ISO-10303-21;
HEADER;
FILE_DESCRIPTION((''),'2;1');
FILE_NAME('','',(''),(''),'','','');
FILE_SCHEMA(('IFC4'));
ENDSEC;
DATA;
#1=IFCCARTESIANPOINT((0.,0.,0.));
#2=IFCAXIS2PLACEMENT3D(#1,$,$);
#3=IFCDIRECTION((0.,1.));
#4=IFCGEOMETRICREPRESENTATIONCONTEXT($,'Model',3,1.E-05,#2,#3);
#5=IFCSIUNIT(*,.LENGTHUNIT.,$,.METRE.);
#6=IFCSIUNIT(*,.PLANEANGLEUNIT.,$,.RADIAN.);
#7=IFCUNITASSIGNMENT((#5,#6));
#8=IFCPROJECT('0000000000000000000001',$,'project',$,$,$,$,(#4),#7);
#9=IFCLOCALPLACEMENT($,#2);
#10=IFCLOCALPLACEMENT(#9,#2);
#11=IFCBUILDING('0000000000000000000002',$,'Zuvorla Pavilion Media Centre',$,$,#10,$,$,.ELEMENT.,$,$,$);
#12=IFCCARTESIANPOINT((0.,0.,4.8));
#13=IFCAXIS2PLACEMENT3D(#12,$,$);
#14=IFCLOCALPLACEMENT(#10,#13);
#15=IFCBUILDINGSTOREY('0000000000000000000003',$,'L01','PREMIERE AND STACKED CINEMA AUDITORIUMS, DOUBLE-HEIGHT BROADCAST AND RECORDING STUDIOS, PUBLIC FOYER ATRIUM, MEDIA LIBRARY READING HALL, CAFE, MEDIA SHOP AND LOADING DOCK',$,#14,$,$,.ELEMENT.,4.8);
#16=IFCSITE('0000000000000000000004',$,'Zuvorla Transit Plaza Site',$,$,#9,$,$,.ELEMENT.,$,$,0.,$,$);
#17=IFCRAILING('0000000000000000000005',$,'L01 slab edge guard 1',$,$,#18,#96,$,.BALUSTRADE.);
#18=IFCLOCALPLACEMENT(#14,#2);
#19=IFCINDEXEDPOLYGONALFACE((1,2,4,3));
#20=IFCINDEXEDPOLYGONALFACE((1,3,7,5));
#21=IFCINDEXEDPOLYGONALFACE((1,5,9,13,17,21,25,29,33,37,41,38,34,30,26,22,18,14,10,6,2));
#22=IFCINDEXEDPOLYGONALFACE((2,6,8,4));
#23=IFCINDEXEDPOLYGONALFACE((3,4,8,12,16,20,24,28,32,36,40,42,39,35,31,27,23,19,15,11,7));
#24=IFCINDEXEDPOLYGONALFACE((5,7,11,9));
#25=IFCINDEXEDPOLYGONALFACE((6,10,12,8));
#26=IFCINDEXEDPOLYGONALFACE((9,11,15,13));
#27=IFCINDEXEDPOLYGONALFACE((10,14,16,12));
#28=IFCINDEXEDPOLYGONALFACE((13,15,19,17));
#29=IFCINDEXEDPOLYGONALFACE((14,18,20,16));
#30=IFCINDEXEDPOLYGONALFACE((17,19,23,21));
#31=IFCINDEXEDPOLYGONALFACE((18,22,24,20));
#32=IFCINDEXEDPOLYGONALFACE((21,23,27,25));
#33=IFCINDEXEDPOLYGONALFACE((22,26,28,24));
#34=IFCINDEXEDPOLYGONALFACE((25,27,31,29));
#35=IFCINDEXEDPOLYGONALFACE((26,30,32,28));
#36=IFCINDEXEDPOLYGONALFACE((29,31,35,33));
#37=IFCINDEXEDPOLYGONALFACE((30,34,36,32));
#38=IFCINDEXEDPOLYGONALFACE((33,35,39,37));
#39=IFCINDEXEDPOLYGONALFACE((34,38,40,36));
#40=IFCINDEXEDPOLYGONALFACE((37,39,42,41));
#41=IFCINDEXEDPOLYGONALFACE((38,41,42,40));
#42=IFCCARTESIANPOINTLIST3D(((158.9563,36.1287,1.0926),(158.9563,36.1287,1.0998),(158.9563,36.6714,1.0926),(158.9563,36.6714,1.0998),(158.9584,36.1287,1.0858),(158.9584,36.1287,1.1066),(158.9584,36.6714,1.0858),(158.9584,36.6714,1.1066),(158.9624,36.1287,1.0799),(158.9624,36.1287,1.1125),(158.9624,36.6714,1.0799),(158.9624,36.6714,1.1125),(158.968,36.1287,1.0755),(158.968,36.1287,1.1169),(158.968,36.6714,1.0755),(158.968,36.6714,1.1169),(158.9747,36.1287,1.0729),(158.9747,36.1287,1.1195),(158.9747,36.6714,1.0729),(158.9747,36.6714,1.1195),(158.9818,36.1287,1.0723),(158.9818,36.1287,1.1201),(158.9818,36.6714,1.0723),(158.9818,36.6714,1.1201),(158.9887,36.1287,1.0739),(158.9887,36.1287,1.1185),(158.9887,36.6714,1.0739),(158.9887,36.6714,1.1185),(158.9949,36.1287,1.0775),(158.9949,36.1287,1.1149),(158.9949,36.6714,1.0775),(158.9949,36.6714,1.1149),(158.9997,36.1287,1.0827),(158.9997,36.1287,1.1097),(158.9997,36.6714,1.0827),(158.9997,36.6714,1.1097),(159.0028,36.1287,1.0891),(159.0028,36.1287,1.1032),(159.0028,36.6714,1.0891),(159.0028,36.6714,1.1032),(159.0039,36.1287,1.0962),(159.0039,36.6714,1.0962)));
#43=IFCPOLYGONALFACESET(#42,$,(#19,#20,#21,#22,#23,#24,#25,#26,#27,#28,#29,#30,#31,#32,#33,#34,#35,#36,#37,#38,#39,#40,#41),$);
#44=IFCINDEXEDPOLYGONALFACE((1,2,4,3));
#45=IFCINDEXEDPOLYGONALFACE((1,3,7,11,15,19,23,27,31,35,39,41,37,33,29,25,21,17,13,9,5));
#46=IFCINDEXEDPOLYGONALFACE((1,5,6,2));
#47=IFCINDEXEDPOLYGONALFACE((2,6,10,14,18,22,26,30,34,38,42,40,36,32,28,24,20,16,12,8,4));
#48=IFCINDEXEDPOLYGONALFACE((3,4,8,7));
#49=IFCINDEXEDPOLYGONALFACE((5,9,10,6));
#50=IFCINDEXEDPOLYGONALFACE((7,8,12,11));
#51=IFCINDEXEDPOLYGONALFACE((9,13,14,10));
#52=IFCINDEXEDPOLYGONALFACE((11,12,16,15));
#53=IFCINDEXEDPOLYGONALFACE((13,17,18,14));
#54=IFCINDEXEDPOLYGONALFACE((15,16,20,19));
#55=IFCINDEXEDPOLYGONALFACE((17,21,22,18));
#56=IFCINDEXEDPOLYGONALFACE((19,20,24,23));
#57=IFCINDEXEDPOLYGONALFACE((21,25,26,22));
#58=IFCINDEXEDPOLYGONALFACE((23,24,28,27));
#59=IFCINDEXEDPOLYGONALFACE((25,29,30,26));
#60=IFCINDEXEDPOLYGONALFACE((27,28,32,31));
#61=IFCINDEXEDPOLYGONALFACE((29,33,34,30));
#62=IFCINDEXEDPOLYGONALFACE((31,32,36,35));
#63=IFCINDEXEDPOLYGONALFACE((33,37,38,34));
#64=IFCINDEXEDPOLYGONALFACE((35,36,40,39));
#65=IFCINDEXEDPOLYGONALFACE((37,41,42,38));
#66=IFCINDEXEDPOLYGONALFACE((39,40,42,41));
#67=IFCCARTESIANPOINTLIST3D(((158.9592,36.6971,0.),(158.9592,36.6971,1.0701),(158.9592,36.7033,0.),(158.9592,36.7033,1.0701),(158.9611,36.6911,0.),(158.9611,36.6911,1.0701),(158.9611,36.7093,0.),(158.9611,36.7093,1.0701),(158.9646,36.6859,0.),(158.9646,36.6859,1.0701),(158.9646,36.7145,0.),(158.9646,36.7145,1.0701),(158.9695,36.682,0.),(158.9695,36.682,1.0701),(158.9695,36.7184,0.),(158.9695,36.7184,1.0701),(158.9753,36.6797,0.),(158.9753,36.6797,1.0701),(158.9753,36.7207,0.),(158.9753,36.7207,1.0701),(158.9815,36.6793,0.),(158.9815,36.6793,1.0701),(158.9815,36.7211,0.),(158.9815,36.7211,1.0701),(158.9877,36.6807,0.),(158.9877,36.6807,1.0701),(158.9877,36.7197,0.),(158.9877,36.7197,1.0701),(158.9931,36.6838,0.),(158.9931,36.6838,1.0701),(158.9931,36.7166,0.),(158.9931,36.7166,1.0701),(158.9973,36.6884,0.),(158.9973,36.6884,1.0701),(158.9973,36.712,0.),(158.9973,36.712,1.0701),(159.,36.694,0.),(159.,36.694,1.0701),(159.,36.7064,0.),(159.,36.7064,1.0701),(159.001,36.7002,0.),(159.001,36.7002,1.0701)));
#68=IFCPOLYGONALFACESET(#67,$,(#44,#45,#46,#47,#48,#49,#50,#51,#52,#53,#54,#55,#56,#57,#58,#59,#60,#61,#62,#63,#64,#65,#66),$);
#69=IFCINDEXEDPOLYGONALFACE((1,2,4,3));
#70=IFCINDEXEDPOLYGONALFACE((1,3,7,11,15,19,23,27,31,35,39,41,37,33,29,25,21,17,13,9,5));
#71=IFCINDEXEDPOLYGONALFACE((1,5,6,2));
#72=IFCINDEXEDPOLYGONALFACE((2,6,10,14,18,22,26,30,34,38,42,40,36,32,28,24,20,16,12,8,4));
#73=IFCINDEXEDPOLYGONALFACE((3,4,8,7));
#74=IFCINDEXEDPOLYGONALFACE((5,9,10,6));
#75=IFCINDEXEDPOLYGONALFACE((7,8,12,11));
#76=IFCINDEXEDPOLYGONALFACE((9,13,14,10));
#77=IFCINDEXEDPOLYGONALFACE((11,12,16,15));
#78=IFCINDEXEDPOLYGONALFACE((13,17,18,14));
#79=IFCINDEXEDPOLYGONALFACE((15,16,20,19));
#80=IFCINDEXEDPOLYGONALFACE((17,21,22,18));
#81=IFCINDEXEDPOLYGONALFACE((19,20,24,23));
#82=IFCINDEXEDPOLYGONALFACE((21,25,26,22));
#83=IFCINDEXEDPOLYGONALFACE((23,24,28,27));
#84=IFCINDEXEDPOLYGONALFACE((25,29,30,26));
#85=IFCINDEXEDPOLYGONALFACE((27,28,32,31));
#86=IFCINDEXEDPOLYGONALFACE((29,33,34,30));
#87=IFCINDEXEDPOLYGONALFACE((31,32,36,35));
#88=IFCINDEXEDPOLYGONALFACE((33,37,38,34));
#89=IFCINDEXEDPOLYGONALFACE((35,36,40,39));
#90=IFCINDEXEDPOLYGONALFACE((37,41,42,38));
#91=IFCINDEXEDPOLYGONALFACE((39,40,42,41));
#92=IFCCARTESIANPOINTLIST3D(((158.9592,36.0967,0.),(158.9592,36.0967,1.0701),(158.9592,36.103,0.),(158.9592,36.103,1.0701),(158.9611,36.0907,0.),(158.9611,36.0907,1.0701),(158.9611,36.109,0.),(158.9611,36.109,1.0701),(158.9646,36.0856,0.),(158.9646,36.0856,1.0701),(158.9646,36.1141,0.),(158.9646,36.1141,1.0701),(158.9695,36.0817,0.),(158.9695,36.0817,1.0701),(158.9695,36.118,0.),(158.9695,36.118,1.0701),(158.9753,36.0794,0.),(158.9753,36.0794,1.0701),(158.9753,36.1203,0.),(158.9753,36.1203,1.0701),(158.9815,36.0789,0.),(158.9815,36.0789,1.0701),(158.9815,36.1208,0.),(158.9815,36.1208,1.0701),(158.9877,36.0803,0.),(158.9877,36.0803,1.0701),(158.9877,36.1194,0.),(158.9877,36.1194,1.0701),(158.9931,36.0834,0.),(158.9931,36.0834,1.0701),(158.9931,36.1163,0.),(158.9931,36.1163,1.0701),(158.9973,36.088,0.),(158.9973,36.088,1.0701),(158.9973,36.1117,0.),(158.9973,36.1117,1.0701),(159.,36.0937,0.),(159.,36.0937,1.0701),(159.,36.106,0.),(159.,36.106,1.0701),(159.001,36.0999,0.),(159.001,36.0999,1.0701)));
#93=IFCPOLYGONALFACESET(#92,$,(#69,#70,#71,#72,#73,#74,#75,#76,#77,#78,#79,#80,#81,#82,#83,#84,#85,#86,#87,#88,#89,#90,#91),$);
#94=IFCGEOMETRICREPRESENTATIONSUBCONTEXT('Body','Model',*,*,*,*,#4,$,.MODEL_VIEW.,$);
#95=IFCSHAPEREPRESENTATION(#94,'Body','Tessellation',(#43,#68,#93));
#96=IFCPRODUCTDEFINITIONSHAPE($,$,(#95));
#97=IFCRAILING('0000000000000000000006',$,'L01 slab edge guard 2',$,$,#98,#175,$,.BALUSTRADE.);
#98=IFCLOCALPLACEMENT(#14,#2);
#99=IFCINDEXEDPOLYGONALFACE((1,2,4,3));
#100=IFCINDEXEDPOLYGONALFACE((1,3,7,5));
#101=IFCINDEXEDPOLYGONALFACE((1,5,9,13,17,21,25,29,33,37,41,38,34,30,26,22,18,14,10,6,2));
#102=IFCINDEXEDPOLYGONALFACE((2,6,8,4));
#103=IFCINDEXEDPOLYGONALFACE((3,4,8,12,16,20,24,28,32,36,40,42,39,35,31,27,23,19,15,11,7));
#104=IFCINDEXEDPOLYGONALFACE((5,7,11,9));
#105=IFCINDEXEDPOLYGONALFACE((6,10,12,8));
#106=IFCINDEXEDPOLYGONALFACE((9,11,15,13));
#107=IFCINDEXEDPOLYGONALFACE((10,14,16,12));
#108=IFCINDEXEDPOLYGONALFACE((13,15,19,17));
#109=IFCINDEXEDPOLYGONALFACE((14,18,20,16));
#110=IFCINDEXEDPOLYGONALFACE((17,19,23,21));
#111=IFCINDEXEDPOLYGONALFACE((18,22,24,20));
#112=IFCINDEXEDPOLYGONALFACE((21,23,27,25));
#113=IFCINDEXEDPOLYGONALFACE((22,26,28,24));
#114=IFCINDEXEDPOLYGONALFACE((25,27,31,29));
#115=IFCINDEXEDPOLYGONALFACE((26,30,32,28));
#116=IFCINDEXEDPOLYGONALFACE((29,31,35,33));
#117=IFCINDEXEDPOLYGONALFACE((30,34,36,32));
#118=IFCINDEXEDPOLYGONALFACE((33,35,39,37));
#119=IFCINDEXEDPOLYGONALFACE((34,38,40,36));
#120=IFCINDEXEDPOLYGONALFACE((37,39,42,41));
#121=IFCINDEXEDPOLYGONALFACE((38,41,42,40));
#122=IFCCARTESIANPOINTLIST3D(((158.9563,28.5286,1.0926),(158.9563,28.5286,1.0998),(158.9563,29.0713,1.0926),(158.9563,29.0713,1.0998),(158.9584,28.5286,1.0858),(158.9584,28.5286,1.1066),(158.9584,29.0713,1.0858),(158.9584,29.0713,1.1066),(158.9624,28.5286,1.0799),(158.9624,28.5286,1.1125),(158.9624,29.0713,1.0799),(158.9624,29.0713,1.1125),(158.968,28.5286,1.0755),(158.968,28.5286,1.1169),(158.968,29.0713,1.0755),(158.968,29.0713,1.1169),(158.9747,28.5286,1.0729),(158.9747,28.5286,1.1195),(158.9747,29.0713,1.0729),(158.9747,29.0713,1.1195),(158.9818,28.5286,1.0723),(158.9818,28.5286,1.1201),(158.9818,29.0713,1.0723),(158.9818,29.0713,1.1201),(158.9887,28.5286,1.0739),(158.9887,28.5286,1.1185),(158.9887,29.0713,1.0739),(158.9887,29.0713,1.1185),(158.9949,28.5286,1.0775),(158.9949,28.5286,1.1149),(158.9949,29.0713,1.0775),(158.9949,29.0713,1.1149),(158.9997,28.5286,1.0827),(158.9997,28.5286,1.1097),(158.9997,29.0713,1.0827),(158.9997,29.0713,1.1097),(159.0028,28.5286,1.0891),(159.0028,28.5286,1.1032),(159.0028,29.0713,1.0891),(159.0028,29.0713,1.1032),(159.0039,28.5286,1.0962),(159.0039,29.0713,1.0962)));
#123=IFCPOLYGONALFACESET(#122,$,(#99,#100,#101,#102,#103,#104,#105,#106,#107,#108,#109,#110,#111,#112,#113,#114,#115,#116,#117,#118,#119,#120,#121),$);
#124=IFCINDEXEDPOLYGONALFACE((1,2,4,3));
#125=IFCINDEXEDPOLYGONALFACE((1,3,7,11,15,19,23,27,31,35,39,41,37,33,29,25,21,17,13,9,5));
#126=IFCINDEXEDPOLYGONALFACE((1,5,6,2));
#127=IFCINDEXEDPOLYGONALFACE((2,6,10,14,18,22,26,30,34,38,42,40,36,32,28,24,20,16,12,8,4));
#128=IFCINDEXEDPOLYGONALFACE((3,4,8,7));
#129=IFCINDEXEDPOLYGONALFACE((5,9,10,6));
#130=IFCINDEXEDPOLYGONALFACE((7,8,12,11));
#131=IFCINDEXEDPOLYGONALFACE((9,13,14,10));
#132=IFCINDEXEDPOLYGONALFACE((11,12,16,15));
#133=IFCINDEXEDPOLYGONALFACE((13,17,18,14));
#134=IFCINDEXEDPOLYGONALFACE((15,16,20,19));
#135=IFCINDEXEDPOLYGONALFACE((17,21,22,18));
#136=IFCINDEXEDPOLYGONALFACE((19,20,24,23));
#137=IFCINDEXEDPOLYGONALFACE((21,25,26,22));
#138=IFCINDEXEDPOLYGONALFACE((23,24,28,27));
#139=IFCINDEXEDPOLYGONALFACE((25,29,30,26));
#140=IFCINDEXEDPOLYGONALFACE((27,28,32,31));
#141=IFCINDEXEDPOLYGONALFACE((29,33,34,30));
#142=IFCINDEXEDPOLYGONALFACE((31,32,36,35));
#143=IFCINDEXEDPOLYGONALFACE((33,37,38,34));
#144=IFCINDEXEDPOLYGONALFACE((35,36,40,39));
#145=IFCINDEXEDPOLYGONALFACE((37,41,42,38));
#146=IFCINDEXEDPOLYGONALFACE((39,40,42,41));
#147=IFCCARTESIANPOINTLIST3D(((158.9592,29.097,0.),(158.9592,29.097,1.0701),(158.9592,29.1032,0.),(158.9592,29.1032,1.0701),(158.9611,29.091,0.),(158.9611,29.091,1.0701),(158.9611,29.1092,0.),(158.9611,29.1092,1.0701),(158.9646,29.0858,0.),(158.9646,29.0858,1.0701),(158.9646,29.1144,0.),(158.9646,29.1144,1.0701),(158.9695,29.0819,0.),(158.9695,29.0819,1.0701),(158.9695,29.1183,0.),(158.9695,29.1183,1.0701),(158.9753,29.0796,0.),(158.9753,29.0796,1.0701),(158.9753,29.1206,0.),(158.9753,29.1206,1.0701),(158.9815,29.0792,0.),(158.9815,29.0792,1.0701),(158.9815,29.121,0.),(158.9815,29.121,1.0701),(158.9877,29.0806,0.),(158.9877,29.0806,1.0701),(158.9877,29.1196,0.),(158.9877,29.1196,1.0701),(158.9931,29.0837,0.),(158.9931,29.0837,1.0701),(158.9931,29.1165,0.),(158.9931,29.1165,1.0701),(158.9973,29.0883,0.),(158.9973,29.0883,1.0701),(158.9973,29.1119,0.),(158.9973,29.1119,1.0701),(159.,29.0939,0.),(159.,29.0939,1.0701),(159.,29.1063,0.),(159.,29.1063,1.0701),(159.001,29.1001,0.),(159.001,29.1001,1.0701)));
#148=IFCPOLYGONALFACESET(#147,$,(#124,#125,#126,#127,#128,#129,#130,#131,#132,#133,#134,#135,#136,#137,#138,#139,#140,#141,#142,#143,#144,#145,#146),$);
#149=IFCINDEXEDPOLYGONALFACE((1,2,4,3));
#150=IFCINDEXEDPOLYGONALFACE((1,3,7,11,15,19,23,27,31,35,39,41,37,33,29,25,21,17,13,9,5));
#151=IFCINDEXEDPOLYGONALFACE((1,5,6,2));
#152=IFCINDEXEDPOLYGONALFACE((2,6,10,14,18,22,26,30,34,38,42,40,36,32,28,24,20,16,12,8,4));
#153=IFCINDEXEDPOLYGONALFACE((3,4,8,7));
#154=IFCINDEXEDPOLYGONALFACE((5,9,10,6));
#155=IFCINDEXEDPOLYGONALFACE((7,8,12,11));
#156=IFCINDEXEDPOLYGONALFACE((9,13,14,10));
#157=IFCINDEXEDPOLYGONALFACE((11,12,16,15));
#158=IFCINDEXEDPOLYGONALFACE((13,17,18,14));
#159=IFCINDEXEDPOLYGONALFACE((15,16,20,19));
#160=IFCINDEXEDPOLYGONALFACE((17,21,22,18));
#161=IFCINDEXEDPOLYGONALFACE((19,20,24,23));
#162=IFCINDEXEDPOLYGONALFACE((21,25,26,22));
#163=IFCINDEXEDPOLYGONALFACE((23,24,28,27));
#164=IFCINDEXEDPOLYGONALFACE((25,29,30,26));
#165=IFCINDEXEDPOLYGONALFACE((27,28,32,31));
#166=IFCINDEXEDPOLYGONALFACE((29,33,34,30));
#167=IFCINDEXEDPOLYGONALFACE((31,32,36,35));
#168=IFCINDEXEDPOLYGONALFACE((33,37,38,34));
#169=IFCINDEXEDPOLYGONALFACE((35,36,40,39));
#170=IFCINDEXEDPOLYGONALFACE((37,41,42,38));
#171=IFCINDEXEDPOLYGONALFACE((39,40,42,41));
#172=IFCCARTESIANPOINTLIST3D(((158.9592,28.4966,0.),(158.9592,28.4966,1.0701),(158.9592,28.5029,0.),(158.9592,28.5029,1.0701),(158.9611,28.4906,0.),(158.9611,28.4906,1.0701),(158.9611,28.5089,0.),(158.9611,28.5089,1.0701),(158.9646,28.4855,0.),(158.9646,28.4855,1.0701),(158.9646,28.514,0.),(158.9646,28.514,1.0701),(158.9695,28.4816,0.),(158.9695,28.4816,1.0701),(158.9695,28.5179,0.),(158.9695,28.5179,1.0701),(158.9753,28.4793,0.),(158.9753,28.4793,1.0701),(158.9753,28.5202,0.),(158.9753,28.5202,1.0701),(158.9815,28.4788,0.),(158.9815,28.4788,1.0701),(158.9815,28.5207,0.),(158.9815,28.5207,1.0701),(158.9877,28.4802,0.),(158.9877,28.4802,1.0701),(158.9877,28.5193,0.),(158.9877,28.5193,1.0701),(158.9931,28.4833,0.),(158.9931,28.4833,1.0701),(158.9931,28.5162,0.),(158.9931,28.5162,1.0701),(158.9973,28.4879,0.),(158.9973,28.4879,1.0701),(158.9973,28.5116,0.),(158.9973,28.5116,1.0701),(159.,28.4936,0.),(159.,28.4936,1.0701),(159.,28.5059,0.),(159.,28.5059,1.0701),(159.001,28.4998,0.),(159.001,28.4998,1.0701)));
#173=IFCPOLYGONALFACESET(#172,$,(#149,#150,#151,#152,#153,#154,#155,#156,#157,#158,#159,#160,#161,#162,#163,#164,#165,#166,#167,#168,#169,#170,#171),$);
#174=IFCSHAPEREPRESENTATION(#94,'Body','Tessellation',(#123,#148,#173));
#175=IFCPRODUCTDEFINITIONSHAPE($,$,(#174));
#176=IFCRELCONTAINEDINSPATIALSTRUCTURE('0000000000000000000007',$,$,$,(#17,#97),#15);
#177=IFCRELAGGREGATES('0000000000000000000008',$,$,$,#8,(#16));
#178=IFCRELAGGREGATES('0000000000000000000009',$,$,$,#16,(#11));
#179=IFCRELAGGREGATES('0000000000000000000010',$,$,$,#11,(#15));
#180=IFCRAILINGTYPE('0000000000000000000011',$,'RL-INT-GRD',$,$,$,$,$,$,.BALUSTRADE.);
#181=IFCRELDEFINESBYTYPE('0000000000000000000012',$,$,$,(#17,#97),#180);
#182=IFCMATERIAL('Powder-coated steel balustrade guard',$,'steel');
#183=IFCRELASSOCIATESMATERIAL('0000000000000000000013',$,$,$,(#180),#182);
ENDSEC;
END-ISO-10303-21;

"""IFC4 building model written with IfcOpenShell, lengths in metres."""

from ifc_helpers import new_model, si_unit, direction, frame, origin, origin_2d, place, context, subcontext, project, spatial, circle, extrude, material, type_object, element, save


model = new_model("IFC4")

# Units and contexts
model_context = context("Model", 3, precision=1e-05, world=origin(), true_north=direction((0.0, 1.0)))
body_context = subcontext(model_context, "Body", "Model", "MODEL_VIEW")
ifc_project = project(units=[si_unit("LENGTHUNIT", "METRE"), si_unit("PLANEANGLEUNIT", "RADIAN")], contexts=[model_context])

# Site, building, storey
site_placement = place(None, origin())
site = spatial("IfcSite", under=ifc_project, at=site_placement, Name="Zuvorla Transit Plaza Site", CompositionType="ELEMENT", RefElevation=0.0)
building_placement = place(site_placement, origin())
building = spatial("IfcBuilding", under=site, at=building_placement, Name="Zuvorla Pavilion Media Centre", CompositionType="ELEMENT")
storey_placement = place(building_placement, frame((0.0, 0.0, 4.8)))
storey = spatial("IfcBuildingStorey", under=building, at=storey_placement, Name="L01", Description="PREMIERE AND STACKED CINEMA AUDITORIUMS, DOUBLE-HEIGHT BROADCAST AND RECORDING STUDIOS, PUBLIC FOYER ATRIUM, MEDIA LIBRARY READING HALL, CAFE, MEDIA SHOP AND LOADING DOCK", CompositionType="ELEMENT", Elevation=4.8)

# Railings
ifc_material_1 = material(Name="Powder-coated steel balustrade guard", Category="steel")
railing_type = type_object("IfcRailingType", Name="RL-INT-GRD", PredefinedType="BALUSTRADE", material=ifc_material_1)
for number, where, name in (
    (1, (158.98, 36.7002, 0.0), "L01 slab edge guard 1"),
    (2, (158.98, 29.1001, 0.0), "L01 slab edge guard 2"),
):
    element("IfcRailing", number, at=place(storey_placement, frame(where)), inside=storey, type_object=railing_type, Name=name, PredefinedType="BALUSTRADE", context=body_context, shape_type="SweptSolid", body=[
        extrude(circle(Radius=0.0239, at=origin_2d()), frame((0.0, -0.0288, 1.0962), z_axis=(0.0, -1.0, 0.0), x_axis=(1.0, 0.0, 0.0)), (0.0, 0.0, 1.0), 0.5427),
        extrude(circle(Radius=0.021, at=origin_2d()), origin(), (0.0, 0.0, 1.0), 1.0701),
        extrude(circle(Radius=0.021, at=origin_2d()), frame((0.0, -0.6003, 0.0)), (0.0, 0.0, 1.0), 1.0701),
    ])

save(model, "model.ifc")
